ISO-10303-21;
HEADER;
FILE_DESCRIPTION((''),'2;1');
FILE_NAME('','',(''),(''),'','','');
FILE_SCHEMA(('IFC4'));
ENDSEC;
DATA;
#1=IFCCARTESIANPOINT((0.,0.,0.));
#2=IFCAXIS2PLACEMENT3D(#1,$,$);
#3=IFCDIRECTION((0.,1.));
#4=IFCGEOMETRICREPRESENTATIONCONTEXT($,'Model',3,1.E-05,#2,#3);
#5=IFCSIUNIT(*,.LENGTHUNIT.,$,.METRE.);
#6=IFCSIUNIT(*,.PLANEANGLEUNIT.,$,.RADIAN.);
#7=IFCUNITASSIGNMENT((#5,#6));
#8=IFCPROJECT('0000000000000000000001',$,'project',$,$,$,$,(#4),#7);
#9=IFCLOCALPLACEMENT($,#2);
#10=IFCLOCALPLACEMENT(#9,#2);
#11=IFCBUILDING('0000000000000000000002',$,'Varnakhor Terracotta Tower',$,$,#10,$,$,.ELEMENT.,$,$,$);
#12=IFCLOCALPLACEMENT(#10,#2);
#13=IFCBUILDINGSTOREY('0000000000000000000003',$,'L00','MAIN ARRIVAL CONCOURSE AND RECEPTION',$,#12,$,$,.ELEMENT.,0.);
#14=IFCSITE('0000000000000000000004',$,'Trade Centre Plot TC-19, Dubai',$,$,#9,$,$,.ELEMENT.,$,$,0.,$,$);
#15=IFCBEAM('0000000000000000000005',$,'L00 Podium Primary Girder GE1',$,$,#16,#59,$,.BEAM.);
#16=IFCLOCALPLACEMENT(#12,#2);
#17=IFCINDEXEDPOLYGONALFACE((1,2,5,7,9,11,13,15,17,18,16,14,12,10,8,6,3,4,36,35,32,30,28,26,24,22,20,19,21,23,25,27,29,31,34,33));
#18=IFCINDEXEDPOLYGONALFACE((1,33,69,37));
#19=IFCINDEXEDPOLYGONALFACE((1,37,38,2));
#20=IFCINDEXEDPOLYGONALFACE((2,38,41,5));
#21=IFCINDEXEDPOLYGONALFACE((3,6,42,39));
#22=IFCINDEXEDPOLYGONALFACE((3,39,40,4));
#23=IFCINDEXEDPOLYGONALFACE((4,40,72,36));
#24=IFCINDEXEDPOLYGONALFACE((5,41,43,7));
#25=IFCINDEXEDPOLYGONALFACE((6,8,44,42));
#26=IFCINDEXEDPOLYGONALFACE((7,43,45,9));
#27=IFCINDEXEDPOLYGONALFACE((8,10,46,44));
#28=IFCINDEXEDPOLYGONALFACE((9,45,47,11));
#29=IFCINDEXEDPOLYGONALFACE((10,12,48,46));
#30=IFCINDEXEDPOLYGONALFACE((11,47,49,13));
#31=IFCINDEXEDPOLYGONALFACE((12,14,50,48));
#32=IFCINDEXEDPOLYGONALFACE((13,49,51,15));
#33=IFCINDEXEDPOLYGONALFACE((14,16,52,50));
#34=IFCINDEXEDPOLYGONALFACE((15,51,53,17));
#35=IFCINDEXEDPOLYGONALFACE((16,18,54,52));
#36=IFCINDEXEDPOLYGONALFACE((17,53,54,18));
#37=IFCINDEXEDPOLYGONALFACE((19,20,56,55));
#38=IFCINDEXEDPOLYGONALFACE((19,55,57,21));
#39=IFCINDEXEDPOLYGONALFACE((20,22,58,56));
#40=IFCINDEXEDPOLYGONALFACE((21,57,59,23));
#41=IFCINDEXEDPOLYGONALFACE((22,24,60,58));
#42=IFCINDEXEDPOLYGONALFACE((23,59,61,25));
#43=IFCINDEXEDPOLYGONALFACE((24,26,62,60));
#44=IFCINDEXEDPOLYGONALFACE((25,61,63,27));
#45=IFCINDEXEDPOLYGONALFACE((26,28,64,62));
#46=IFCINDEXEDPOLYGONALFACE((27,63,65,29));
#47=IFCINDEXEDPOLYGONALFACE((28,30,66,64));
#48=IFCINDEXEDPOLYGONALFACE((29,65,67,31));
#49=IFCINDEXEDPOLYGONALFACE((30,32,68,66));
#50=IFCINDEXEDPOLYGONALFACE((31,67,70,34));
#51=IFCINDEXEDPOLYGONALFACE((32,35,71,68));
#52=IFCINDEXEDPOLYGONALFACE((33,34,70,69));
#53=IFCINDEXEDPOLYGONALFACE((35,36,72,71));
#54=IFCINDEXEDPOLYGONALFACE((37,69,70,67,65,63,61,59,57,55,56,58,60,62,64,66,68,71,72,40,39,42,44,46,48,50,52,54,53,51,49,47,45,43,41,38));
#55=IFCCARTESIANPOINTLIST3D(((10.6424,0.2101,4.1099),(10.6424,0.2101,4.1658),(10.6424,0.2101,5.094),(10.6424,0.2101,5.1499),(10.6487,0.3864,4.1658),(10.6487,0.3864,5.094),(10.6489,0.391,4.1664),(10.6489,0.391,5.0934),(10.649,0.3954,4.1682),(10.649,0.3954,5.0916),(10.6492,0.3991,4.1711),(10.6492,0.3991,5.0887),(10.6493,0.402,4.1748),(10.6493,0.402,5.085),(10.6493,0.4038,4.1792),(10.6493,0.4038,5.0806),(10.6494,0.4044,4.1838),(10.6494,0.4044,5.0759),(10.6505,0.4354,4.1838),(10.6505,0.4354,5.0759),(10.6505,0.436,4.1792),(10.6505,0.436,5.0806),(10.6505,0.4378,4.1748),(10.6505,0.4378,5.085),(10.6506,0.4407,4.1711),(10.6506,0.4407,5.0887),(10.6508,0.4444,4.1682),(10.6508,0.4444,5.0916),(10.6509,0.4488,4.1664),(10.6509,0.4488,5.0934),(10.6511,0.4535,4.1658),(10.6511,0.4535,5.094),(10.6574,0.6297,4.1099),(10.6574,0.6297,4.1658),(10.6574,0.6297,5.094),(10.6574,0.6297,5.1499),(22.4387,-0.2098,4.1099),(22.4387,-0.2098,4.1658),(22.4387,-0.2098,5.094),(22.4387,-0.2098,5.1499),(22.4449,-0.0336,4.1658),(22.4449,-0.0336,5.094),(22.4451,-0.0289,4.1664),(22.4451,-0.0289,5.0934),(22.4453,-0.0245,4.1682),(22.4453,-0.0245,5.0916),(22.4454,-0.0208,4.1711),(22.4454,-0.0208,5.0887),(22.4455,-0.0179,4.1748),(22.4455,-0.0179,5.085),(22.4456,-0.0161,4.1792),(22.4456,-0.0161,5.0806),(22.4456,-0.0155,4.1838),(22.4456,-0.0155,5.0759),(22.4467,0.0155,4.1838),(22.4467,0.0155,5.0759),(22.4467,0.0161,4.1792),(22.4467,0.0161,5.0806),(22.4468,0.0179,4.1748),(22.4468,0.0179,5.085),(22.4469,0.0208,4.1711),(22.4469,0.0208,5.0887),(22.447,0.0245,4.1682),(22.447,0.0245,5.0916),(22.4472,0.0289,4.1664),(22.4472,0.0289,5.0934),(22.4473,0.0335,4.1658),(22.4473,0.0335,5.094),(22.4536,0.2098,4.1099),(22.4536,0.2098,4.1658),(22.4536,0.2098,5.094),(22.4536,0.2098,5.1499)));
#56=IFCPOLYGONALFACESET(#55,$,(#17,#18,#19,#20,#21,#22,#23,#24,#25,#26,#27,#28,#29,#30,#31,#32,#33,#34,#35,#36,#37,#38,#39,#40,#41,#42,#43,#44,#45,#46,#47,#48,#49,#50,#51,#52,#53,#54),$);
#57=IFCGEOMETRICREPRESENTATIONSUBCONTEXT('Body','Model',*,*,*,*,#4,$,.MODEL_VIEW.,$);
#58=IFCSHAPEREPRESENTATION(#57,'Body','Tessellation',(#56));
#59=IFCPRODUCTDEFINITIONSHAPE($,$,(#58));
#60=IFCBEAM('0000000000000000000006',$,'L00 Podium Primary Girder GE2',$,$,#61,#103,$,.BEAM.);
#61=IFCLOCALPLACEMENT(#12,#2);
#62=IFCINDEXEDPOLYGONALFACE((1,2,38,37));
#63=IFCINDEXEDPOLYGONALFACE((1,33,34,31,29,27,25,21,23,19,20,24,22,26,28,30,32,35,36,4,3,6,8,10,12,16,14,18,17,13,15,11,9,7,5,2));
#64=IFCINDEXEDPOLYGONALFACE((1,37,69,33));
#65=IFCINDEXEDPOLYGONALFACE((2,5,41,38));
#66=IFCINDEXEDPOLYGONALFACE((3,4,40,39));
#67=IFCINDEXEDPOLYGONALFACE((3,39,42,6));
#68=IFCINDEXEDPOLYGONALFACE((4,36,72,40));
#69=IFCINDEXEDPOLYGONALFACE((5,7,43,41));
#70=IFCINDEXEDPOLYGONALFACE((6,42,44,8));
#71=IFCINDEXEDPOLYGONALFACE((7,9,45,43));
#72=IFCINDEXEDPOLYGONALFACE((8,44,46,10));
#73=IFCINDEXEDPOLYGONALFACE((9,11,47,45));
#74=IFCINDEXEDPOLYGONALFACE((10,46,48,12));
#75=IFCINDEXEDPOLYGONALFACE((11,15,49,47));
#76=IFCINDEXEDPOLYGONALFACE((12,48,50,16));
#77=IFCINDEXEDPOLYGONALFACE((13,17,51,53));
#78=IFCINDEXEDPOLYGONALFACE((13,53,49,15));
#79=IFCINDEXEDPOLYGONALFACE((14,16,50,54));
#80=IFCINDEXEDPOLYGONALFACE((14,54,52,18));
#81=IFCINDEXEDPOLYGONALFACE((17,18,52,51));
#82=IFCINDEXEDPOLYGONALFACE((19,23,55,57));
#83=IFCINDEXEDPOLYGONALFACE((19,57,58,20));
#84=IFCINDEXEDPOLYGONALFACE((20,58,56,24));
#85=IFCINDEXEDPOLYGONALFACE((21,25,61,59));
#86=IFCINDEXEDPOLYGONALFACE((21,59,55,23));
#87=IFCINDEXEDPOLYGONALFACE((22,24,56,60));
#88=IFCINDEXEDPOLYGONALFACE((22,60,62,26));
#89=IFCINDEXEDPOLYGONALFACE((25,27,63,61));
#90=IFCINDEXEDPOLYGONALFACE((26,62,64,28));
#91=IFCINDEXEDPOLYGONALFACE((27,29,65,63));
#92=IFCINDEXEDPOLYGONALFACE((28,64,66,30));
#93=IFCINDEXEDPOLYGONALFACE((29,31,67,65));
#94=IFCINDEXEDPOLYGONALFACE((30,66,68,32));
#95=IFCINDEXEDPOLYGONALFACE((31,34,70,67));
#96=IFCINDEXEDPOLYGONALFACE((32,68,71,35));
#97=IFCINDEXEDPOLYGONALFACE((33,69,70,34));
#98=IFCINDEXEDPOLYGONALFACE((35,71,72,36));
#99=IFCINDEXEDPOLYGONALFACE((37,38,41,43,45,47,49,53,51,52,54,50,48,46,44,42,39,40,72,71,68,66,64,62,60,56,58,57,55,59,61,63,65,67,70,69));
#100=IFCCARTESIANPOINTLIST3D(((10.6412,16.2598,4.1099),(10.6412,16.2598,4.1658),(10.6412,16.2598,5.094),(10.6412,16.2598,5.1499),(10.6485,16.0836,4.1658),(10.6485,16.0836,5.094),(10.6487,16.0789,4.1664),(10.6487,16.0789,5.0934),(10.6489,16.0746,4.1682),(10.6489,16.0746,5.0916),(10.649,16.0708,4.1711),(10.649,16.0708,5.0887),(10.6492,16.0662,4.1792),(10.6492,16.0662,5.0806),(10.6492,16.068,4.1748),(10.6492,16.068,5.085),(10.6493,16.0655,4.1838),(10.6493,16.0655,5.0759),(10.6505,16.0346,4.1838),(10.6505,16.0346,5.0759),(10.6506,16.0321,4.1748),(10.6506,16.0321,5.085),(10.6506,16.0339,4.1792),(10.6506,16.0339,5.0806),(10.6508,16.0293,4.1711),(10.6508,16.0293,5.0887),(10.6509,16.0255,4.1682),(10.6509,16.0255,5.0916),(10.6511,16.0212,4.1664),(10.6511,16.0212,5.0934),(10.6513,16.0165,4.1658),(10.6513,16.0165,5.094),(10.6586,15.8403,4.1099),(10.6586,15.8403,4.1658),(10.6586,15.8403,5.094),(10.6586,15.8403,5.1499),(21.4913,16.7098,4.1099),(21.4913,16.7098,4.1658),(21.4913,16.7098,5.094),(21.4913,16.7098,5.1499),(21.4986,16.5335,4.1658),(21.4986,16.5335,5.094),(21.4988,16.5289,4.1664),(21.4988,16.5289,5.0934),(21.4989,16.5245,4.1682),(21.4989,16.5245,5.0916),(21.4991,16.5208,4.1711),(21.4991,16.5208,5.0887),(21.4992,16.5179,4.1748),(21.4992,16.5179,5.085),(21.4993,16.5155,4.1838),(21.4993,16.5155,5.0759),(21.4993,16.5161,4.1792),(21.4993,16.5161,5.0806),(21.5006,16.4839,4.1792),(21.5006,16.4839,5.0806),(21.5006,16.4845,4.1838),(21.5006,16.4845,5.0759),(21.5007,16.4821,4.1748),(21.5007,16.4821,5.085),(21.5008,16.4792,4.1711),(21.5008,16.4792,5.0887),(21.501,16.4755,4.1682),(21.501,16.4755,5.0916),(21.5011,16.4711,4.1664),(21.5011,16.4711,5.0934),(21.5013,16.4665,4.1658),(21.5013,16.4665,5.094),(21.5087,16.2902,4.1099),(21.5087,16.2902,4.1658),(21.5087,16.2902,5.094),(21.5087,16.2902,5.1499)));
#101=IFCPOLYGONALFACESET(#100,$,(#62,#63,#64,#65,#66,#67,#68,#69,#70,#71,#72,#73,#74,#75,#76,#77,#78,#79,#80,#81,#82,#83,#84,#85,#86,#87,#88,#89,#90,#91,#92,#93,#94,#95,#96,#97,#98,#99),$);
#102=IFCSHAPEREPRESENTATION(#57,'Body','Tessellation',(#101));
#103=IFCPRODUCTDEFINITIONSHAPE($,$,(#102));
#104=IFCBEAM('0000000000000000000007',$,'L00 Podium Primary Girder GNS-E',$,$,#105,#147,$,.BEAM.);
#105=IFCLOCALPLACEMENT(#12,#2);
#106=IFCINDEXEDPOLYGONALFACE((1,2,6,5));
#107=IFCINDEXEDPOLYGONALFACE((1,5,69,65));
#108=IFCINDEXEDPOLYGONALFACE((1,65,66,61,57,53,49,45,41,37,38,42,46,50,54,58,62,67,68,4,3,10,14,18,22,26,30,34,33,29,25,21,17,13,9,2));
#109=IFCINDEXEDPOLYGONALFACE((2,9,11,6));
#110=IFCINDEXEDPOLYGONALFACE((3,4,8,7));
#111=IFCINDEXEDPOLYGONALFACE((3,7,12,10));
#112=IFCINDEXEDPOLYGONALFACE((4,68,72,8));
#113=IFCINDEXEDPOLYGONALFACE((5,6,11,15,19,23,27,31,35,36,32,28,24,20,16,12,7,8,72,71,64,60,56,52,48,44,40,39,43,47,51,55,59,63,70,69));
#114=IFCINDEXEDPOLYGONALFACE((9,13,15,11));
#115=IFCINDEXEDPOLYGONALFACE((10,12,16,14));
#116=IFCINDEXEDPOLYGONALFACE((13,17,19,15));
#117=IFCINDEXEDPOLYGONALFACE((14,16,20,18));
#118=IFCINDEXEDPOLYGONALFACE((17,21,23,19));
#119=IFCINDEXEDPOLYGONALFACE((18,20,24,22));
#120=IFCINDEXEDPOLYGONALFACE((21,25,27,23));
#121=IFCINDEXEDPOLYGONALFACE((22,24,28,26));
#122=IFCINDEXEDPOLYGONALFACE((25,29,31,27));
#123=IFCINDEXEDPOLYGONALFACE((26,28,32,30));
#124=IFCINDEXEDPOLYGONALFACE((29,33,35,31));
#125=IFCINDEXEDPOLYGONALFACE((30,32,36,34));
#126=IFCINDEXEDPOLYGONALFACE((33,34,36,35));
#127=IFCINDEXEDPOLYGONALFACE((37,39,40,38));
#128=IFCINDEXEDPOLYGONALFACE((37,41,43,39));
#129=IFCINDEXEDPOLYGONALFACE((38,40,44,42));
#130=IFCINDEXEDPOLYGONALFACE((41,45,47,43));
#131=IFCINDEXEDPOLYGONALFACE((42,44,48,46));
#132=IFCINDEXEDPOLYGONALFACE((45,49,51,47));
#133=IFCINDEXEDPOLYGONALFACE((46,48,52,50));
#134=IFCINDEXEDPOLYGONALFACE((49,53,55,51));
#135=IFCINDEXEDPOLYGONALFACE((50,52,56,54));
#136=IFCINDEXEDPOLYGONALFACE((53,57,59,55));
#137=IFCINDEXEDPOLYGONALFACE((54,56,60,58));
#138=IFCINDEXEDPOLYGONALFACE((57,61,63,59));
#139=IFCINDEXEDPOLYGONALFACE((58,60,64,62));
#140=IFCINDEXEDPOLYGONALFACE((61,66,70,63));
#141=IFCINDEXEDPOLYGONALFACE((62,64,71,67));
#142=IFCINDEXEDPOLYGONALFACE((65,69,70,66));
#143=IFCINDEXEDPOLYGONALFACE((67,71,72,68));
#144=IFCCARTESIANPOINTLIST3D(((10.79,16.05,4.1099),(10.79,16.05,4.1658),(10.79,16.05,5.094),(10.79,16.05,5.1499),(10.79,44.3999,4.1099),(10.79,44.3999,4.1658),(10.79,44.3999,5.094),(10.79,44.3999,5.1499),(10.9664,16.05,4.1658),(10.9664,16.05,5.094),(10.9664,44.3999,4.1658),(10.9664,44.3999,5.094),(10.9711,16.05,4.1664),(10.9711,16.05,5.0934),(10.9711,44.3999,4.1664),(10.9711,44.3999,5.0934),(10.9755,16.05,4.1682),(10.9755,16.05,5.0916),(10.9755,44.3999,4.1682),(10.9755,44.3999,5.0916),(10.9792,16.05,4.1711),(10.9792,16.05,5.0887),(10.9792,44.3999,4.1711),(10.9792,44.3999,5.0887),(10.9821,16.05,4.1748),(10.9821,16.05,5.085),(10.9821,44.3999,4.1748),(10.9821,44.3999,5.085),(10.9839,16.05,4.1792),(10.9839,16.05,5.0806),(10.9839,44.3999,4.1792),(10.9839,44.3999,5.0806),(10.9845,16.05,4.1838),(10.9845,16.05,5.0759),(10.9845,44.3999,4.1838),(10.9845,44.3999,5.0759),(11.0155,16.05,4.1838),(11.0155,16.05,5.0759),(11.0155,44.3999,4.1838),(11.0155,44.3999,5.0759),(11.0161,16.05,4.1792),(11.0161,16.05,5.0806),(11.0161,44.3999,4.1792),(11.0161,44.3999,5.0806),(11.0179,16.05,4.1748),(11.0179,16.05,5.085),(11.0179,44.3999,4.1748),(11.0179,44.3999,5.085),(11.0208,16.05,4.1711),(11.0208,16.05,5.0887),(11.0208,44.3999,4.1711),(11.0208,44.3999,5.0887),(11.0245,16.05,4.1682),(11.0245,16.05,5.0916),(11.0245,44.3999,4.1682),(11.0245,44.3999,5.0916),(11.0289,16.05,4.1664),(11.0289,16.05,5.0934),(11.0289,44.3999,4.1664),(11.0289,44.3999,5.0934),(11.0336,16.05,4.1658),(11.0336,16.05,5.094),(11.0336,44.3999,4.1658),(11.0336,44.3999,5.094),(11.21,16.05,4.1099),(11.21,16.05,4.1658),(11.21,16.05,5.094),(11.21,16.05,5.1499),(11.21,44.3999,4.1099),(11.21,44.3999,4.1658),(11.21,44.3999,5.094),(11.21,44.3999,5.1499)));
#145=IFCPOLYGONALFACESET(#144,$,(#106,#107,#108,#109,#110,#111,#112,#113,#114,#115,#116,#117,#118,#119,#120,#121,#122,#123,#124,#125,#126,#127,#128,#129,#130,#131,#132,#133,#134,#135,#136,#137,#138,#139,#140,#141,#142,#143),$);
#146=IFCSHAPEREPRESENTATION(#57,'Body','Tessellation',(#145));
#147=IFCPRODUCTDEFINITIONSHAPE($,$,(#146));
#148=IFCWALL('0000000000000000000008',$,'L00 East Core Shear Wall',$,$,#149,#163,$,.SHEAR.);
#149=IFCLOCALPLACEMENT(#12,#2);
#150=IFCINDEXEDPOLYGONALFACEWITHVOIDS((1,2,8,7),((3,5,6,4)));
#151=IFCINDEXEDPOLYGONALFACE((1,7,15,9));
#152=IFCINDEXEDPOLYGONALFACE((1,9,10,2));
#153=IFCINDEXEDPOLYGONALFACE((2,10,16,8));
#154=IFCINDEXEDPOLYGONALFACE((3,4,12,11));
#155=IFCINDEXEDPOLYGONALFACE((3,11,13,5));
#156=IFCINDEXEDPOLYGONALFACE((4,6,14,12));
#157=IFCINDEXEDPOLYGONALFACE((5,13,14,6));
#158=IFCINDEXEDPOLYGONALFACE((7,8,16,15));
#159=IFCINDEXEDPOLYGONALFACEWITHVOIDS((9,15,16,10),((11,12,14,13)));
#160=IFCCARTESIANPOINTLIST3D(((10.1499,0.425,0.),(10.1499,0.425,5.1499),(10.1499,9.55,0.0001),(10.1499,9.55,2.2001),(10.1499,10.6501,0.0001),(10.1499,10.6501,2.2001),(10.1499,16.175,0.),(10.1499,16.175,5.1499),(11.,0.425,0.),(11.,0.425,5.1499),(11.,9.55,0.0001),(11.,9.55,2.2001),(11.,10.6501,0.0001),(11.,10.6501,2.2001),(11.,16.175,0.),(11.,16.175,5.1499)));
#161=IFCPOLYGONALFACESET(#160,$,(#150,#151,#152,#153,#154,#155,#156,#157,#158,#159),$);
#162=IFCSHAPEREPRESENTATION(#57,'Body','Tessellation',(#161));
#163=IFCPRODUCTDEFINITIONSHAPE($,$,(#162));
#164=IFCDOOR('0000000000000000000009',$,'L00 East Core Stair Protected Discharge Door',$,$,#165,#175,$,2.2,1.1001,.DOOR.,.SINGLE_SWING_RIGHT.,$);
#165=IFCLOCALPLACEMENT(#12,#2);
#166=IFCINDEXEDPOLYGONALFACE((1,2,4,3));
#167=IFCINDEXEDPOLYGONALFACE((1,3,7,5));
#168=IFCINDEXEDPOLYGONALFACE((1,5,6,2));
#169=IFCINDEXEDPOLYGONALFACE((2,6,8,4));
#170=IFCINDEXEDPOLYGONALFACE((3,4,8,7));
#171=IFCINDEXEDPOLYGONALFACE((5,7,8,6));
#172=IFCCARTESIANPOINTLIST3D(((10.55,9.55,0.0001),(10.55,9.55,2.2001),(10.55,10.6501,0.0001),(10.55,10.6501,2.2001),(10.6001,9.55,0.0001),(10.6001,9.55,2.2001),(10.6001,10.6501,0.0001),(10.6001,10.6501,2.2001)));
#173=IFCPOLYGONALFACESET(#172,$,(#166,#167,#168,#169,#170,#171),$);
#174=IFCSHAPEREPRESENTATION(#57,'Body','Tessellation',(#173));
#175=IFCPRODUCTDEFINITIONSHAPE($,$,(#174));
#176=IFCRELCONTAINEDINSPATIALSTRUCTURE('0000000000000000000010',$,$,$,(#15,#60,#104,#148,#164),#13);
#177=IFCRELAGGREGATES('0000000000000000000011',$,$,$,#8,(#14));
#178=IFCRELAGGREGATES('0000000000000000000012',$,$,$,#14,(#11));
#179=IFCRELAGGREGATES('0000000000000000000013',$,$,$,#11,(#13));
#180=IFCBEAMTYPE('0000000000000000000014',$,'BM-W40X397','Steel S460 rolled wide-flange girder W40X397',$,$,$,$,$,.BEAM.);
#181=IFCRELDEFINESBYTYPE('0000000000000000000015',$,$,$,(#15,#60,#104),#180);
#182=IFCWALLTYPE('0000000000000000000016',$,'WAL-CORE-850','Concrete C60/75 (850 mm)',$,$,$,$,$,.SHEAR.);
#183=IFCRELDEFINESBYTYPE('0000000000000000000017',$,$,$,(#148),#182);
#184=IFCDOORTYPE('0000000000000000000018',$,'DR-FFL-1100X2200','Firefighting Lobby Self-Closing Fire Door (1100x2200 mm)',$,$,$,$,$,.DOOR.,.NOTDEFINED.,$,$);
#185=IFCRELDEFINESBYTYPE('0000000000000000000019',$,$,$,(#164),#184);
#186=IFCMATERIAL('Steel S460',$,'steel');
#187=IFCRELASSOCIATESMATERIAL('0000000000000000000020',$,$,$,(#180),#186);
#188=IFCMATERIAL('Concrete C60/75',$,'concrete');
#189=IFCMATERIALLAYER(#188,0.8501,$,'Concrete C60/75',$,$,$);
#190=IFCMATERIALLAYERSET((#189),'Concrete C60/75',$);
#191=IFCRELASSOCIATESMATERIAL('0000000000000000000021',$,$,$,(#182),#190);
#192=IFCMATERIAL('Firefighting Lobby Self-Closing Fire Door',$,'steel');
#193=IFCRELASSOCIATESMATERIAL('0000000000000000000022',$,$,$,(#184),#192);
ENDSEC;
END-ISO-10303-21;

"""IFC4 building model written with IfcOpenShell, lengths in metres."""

from ifc_helpers import new_model, si_unit, direction, frame, frame_2d, origin, origin_2d, place, context, subcontext, project, spatial, rectangle, i_section, extrude, source, transform, mapped, material, layer, layer_set, material_profile, profile_set, type_object, type_shapes, element, fill, save


model = new_model("IFC4")

# Units and contexts
model_context = context("Model", 3, precision=1e-05, world=origin(), true_north=direction((0.0, 1.0)))
body_context = subcontext(model_context, "Body", "Model", "MODEL_VIEW")
ifc_project = project(units=[si_unit("LENGTHUNIT", "METRE"), si_unit("PLANEANGLEUNIT", "RADIAN")], contexts=[model_context])

# Site, building, storey
site_placement = place(None, origin())
site = spatial("IfcSite", under=ifc_project, at=site_placement, Name="Trade Centre Plot TC-19, Dubai", CompositionType="ELEMENT", RefElevation=0.0)
building_placement = place(site_placement, origin())
building = spatial("IfcBuilding", under=site, at=building_placement, Name="Varnakhor Terracotta Tower", CompositionType="ELEMENT")
storey_placement = place(building_placement, origin())
storey = spatial("IfcBuildingStorey", under=building, at=storey_placement, Name="L00", Description="MAIN ARRIVAL CONCOURSE AND RECEPTION", CompositionType="ELEMENT", Elevation=0.0)

# Shared definitions
ifc_material_1 = material(Name="Concrete C60/75", Category="concrete")

# Beams
ifc_material_2 = material(Name="Steel S460", Category="steel")
ifc_material_profile_1 = material_profile(ifc_material_2, i_section(OverallWidth=0.4199, OverallDepth=1.04, WebThickness=0.031, FlangeThickness=0.0559, FilletRadius=0.0181, at=origin_2d()), Name="W40X397")
ifc_profile_set_1 = profile_set([ifc_material_profile_1], Name="Steel S460")
beam_type_1 = type_object("IfcBeamType", Name="BM-W40X397", Description="Steel S460 rolled wide-flange girder W40X397", PredefinedType="BEAM", material=ifc_profile_set_1)
shared_shape_1 = source(origin(), body_context, "Body", "SweptSolid", [
    extrude(i_section(OverallWidth=0.4199, OverallDepth=1.04, WebThickness=0.031, FlangeThickness=0.0559, FilletRadius=0.0181, at=origin_2d()), origin(), (0.0, 0.0, 1.0), 11.8037),
])
type_shapes(beam_type_1, [shared_shape_1])
beam_1_placement = place(storey_placement, frame((10.6499, 0.4199, 4.6299), z_axis=(0.999367, -0.035576, 0.0), x_axis=(0.035576, 0.999367, 0.0)))
element("IfcBeam", 1, at=beam_1_placement, inside=storey, type_object=beam_type_1, Name="L00 Podium Primary Girder GE1", PredefinedType="BEAM", context=body_context, shape_type="MappedRepresentation", body=[
    mapped(shared_shape_1, transform((0.0, 0.0, 0.0), scale=1.0)),
])
shared_shape_2 = source(origin(), body_context, "Body", "SweptSolid", [
    extrude(i_section(OverallWidth=0.4199, OverallDepth=1.04, WebThickness=0.031, FlangeThickness=0.0559, FilletRadius=0.0181, at=origin_2d()), origin(), (0.0, 0.0, 1.0), 10.8594),
])
beam_2_placement = place(storey_placement, frame((10.6499, 16.05, 4.6299), z_axis=(0.999141, 0.041434, 0.0), x_axis=(-0.041434, 0.999141, 0.0)))
element("IfcBeam", 2, at=beam_2_placement, inside=storey, type_object=beam_type_1, Name="L00 Podium Primary Girder GE2", PredefinedType="BEAM", context=body_context, shape_type="MappedRepresentation", body=[
    mapped(shared_shape_2, transform((0.0, 0.0, 0.0), scale=1.0)),
])
shared_shape_3 = source(origin(), body_context, "Body", "SweptSolid", [
    extrude(i_section(OverallWidth=0.4199, OverallDepth=1.04, WebThickness=0.031, FlangeThickness=0.0559, FilletRadius=0.0181, at=origin_2d()), origin(), (0.0, 0.0, 1.0), 28.3499),
])
beam_3_placement = place(storey_placement, frame((11.0, 16.05, 4.6299), z_axis=(0.0, 1.0, 0.0), x_axis=(-1.0, 0.0, 0.0)))
element("IfcBeam", 3, at=beam_3_placement, inside=storey, type_object=beam_type_1, Name="L00 Podium Primary Girder GNS-E", PredefinedType="BEAM", context=body_context, shape_type="MappedRepresentation", body=[
    mapped(shared_shape_3, transform((0.0, 0.0, 0.0), scale=1.0)),
])

# Wall, opening, door
ifc_layer_1 = layer(ifc_material_1, 0.8501, Name="Concrete C60/75")
ifc_layer_set_1 = layer_set([ifc_layer_1], Name="Concrete C60/75")
wall_type_1 = type_object("IfcWallType", Name="WAL-CORE-850", Description="Concrete C60/75 (850 mm)", PredefinedType="SHEAR", material=ifc_layer_set_1)
wall_1_placement = place(storey_placement, frame((10.575, 0.425, 0.0), z_axis=(0.0, 0.0, 1.0), x_axis=(0.0, 1.0, 0.0)))
wall_1 = element("IfcWall", 4, at=wall_1_placement, inside=storey, type_object=wall_type_1, Name="L00 East Core Shear Wall", PredefinedType="SHEAR", context=body_context, shape_type="SweptSolid", body=[
    extrude(rectangle(XDim=15.75, YDim=0.8501, at=frame_2d((7.875, 0.0))), origin(), (0.0, 0.0, 1.0), 5.1499),
])
opening_1_placement = place(wall_1_placement, frame((9.125, 0.0, 0.0)))
opening_1 = element("IfcOpeningElement", 5, at=opening_1_placement, cuts=wall_1, PredefinedType="OPENING", context=body_context, shape_type="SweptSolid", body=[
    extrude(rectangle(XDim=1.1001, YDim=2.2, at=frame_2d((0.55, 1.1001))), frame((0.0, 0.4351, 0.0), z_axis=(0.0, -1.0, 0.0), x_axis=(1.0, 0.0, 0.0)), (0.0, 0.0, 1.0), 0.8701),
])
ifc_material_3 = material(Name="Firefighting Lobby Self-Closing Fire Door", Category="steel")
door_type_1 = type_object("IfcDoorType", Name="DR-FFL-1100X2200", Description="Firefighting Lobby Self-Closing Fire Door (1100x2200 mm)", OperationType="NOTDEFINED", PredefinedType="DOOR", material=ifc_material_3)
shared_shape_4 = source(origin(), body_context, "Body", "SweptSolid", [
    extrude(rectangle(XDim=1.1001, YDim=2.2, at=frame_2d((0.55, 1.1001))), frame((0.0, 0.0249, 0.0), z_axis=(0.0, -1.0, 0.0), x_axis=(1.0, 0.0, 0.0)), (0.0, 0.0, 1.0), 0.05),
])
type_shapes(door_type_1, [shared_shape_4])
door_1_placement = place(opening_1_placement, origin())
door_1 = element("IfcDoor", 6, at=door_1_placement, inside=storey, type_object=door_type_1, Name="L00 East Core Stair Protected Discharge Door", OperationType="SINGLE_SWING_RIGHT", OverallHeight=2.2, OverallWidth=1.1001, PredefinedType="DOOR", context=body_context, shape_type="MappedRepresentation", body=[
    mapped(shared_shape_4, transform((0.0, 0.0, 0.0), scale=1.0)),
])
fill(opening_1, door_1)

save(model, "model.ifc")
